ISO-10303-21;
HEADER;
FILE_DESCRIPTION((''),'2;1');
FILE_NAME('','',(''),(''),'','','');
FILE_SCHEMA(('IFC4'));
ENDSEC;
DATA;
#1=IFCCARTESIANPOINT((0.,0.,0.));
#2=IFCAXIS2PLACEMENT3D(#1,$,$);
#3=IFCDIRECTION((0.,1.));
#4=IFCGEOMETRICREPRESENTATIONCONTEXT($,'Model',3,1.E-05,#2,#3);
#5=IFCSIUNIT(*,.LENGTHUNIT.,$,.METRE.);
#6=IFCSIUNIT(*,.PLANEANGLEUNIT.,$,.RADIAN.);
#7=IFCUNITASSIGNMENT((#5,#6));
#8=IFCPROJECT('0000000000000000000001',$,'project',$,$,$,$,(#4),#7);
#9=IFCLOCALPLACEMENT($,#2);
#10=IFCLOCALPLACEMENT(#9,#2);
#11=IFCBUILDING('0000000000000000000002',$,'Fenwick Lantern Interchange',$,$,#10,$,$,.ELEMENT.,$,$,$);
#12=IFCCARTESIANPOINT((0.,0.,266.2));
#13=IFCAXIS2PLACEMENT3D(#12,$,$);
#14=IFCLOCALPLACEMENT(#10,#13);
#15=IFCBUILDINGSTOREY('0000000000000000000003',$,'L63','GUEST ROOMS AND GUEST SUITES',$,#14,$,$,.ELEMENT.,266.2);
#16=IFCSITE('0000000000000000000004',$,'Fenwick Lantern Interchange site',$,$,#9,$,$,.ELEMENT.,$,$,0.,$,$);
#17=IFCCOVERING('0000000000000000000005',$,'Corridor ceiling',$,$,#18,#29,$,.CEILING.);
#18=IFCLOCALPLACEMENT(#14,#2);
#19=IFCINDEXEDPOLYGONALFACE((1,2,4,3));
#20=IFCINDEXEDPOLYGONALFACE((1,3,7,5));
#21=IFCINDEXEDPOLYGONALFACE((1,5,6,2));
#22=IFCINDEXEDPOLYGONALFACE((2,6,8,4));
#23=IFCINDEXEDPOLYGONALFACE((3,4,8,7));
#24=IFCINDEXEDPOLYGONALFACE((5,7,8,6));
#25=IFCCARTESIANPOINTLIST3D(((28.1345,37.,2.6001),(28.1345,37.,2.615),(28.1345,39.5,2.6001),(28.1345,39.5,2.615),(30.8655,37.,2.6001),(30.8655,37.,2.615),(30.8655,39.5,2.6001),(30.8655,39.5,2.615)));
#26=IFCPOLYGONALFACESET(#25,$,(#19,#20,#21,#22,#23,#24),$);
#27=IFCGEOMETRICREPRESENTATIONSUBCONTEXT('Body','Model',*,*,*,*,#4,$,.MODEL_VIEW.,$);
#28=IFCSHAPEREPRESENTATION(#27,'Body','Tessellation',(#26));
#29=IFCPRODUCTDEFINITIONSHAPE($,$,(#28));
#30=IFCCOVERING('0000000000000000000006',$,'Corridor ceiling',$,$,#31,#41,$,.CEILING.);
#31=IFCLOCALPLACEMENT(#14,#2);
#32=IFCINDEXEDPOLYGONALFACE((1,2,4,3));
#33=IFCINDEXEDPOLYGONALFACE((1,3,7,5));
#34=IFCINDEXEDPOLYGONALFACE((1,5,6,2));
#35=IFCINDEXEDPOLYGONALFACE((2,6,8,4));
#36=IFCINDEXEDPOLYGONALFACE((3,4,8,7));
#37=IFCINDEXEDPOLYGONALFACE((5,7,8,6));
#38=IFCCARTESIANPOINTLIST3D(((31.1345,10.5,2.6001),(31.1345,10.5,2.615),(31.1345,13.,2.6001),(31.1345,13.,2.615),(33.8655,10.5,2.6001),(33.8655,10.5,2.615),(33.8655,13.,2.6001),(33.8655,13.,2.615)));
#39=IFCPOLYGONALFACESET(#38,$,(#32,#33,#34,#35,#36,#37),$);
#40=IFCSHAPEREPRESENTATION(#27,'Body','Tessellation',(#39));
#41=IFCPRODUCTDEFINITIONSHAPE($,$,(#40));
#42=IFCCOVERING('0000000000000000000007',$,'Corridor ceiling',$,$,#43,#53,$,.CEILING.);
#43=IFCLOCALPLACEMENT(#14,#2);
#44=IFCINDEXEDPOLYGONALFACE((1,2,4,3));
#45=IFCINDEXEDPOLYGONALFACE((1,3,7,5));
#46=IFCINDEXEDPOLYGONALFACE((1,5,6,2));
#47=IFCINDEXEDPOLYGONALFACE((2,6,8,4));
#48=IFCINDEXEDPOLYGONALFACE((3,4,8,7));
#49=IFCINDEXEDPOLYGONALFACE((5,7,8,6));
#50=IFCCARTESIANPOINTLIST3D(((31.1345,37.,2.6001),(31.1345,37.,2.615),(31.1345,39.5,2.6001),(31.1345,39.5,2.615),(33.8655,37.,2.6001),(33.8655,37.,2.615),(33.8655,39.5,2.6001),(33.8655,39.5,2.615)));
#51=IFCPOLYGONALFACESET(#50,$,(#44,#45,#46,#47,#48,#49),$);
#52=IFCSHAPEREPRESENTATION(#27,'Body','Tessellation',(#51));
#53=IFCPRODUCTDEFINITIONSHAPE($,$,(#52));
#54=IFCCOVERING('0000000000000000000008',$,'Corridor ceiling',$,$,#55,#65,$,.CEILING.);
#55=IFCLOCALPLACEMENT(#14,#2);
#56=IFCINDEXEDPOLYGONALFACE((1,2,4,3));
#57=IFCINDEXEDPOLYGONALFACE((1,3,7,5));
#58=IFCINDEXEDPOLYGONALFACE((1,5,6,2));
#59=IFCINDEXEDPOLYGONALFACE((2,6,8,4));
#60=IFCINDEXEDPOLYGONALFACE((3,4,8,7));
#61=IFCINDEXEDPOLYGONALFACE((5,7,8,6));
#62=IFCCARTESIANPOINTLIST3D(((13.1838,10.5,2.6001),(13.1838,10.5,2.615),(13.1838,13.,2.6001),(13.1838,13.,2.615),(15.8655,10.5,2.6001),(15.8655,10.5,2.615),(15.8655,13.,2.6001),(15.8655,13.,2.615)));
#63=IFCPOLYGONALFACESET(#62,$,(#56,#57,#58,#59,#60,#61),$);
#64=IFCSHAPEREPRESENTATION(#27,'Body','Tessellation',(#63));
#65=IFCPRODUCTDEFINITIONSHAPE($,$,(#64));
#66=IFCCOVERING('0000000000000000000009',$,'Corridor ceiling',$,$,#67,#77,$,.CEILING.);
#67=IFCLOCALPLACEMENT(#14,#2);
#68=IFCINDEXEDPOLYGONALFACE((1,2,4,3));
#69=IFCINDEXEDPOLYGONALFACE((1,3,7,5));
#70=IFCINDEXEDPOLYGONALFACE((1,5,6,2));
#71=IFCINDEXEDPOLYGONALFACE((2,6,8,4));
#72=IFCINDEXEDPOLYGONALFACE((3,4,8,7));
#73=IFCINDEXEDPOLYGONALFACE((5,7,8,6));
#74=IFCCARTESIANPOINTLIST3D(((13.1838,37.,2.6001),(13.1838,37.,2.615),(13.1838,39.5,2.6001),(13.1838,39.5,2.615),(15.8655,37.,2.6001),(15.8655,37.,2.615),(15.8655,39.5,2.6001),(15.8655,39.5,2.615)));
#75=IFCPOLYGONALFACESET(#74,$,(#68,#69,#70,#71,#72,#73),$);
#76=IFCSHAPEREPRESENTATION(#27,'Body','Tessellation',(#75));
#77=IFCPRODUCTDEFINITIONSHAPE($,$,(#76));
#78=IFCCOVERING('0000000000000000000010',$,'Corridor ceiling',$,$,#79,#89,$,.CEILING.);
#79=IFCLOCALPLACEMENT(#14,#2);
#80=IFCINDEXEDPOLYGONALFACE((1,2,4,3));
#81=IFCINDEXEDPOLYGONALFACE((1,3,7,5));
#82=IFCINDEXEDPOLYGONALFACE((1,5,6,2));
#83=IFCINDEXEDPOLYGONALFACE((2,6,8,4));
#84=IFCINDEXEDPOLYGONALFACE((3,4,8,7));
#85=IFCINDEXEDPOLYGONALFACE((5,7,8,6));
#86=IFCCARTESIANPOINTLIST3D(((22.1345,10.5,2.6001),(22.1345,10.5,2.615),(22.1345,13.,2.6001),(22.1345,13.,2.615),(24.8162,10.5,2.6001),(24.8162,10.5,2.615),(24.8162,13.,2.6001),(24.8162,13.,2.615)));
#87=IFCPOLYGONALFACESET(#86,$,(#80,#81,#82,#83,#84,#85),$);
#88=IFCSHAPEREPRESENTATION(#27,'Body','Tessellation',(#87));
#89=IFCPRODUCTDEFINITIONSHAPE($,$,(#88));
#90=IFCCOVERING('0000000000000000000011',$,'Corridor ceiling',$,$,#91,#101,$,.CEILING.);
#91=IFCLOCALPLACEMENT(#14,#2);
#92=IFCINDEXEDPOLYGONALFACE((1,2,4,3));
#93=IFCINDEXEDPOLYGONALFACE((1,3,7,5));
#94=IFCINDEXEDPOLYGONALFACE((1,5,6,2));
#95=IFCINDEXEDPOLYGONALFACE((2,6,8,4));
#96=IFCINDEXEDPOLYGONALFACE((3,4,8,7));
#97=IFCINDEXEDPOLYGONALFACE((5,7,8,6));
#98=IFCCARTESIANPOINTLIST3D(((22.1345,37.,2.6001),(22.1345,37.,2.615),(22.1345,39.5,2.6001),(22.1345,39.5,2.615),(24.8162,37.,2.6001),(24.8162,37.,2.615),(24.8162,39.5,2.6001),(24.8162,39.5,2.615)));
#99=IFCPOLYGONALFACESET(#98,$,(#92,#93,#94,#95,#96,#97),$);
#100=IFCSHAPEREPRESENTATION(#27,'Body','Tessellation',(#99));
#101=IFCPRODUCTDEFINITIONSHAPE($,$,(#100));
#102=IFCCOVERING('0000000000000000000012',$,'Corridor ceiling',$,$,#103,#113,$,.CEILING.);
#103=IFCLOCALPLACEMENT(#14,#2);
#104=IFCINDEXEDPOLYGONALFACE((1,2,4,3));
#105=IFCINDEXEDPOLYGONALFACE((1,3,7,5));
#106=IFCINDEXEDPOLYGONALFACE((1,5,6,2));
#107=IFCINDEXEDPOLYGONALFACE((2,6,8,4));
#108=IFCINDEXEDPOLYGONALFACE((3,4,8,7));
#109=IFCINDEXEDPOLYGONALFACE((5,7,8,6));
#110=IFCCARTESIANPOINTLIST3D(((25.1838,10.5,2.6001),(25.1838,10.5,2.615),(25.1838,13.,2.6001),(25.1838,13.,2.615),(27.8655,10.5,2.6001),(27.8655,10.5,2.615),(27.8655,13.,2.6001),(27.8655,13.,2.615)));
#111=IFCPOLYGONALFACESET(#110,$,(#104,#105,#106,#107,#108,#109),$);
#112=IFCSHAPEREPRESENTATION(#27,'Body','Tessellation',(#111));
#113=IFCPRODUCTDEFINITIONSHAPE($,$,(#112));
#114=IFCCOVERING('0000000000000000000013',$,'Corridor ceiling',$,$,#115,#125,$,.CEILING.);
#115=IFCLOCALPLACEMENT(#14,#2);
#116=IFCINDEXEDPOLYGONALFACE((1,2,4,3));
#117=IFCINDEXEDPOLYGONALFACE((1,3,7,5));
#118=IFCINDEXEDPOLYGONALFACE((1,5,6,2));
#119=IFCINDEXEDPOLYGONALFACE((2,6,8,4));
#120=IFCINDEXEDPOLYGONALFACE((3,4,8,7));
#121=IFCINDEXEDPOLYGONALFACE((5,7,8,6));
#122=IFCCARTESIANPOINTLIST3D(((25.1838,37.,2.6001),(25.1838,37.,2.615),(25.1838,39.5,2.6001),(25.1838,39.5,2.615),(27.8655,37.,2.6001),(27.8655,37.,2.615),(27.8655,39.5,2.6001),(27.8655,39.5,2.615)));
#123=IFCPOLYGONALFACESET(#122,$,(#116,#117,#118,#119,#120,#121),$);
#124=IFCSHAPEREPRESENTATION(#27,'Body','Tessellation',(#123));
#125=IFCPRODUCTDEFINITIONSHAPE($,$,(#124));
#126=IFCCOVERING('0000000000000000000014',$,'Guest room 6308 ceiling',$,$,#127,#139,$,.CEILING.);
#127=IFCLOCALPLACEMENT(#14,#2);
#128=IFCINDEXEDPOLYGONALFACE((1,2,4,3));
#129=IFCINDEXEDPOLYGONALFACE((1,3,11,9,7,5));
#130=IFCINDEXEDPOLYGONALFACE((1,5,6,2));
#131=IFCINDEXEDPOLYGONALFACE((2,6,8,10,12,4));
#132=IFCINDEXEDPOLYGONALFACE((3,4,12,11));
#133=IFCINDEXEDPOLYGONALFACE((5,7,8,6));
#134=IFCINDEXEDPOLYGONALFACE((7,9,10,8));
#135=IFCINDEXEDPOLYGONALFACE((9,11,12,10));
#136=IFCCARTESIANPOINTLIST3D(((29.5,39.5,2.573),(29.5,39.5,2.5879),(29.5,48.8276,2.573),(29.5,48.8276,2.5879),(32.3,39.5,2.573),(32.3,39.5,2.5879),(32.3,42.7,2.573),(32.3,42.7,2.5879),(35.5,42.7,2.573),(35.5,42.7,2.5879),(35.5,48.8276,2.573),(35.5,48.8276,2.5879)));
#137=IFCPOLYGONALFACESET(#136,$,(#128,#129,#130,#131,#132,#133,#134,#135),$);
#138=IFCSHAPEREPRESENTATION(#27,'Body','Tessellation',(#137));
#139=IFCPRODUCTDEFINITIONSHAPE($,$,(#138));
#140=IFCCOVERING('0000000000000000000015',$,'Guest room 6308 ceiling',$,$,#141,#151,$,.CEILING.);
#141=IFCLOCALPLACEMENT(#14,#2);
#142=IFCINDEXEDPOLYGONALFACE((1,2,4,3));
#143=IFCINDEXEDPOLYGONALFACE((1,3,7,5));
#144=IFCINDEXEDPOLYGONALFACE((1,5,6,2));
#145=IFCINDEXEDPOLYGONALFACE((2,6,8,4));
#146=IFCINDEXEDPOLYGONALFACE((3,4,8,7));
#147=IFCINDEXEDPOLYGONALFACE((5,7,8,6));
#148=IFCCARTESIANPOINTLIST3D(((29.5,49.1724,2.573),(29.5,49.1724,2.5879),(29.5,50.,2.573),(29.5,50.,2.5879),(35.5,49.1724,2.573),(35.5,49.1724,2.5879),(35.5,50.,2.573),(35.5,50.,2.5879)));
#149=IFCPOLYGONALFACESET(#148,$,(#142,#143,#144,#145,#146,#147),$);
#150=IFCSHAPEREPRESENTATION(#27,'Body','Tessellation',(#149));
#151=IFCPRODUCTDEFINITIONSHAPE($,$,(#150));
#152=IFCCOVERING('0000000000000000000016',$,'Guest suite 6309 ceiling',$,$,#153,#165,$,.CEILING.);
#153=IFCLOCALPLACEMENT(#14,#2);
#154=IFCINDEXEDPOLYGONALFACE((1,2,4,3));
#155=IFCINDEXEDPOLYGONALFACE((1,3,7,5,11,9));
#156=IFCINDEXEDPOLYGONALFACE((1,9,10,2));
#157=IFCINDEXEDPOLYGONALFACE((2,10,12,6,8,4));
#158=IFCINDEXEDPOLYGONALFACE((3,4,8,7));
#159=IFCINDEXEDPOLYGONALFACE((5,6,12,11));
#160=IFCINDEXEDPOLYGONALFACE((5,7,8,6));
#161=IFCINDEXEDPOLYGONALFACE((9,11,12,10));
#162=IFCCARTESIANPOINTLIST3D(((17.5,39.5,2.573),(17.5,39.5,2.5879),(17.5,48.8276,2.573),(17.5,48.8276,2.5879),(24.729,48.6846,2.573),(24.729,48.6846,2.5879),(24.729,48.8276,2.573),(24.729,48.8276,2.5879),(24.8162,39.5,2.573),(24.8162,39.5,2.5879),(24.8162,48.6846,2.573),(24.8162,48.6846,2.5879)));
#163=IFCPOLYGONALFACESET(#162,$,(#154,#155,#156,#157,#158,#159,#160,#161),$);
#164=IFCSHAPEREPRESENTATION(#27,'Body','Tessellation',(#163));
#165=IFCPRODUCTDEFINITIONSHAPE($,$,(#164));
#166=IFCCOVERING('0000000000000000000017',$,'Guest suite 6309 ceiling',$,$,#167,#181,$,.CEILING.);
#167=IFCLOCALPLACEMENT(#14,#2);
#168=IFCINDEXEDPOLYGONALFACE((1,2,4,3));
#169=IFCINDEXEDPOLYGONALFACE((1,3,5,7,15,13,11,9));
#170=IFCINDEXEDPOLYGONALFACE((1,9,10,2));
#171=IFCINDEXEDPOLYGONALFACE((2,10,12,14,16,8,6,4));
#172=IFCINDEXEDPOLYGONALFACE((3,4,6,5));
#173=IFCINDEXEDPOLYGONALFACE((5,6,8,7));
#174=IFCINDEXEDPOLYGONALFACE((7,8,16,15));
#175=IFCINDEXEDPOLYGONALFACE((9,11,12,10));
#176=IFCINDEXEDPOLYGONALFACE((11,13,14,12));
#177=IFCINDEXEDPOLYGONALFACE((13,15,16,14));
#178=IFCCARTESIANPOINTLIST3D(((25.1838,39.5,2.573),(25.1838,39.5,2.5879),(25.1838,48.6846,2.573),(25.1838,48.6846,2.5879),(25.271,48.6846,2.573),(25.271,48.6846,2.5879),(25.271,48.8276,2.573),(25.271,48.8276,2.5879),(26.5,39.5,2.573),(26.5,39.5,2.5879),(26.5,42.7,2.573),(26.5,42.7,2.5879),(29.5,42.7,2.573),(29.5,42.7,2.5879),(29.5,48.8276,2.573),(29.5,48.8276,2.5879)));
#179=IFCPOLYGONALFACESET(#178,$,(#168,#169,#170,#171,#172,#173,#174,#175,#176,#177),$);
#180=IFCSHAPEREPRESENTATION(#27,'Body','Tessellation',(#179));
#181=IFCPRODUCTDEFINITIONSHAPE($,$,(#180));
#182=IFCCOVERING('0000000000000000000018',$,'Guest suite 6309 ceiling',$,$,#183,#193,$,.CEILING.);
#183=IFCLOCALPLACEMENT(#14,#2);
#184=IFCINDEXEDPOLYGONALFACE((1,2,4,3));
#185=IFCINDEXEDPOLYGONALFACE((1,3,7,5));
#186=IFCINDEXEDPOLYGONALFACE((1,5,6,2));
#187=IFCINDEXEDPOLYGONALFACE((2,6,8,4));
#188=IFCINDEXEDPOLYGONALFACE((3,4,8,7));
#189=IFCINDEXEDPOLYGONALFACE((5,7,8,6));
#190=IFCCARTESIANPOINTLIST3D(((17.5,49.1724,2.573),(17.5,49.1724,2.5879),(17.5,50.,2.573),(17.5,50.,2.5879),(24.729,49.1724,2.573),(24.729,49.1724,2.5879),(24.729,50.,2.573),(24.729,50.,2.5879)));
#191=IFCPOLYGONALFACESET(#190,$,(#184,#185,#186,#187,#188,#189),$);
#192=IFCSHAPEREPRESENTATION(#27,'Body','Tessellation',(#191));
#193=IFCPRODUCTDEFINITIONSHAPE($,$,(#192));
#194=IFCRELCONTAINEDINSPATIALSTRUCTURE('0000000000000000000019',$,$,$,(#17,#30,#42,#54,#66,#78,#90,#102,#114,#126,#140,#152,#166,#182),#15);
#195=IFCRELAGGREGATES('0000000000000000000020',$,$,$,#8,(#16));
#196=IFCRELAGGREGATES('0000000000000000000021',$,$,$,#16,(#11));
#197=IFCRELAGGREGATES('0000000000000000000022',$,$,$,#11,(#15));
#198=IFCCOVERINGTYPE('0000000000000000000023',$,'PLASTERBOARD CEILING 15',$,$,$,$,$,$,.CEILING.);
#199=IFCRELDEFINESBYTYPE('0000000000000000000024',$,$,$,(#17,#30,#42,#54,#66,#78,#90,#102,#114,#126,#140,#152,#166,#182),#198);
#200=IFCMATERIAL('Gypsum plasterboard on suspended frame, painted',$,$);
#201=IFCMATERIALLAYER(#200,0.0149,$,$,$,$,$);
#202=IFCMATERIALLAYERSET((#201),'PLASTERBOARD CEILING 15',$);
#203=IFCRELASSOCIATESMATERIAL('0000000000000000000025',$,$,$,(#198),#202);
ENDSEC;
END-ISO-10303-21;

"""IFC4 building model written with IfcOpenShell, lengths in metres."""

from ifc_helpers import new_model, si_unit, direction, frame, origin, place, context, subcontext, project, spatial, polyline, outline, extrude, material, layer, layer_set, type_object, element, save


model = new_model("IFC4")

# Units and contexts
model_context = context("Model", 3, precision=1e-05, world=origin(), true_north=direction((0.0, 1.0)))
body_context = subcontext(model_context, "Body", "Model", "MODEL_VIEW")
ifc_project = project(units=[si_unit("LENGTHUNIT", "METRE"), si_unit("PLANEANGLEUNIT", "RADIAN")], contexts=[model_context])

# Site, building, storey
site_placement = place(None, origin())
site = spatial("IfcSite", under=ifc_project, at=site_placement, Name="Fenwick Lantern Interchange site", CompositionType="ELEMENT", RefElevation=0.0)
building_placement = place(site_placement, origin())
building = spatial("IfcBuilding", under=site, at=building_placement, Name="Fenwick Lantern Interchange", CompositionType="ELEMENT")
storey_placement = place(building_placement, frame((0.0, 0.0, 266.2)))
storey = spatial("IfcBuildingStorey", under=building, at=storey_placement, Name="L63", Description="GUEST ROOMS AND GUEST SUITES", CompositionType="ELEMENT", Elevation=266.2)

# Coverings
ifc_material_1 = material(Name="Gypsum plasterboard on suspended frame, painted")
ifc_layer_1 = layer(ifc_material_1, 0.0149)
ifc_layer_set_1 = layer_set([ifc_layer_1], Name="PLASTERBOARD CEILING 15")
covering_type_1 = type_object("IfcCoveringType", Name="PLASTERBOARD CEILING 15", PredefinedType="CEILING", material=ifc_layer_set_1)
covering_1_placement = place(storey_placement, frame((0.0, 0.0, 2.6001)))
element("IfcCovering", 1, at=covering_1_placement, inside=storey, type_object=covering_type_1, Name="Corridor ceiling", PredefinedType="CEILING", context=body_context, shape_type="SweptSolid", body=[
    extrude(outline(polyline([(30.8655, 39.5), (28.1345, 39.5), (28.1345, 37.0), (30.8655, 37.0), (30.8655, 39.5)])), origin(), (0.0, 0.0, 1.0), 0.0149),
])
covering_2_placement = place(storey_placement, frame((0.0, 0.0, 2.6001)))
element("IfcCovering", 2, at=covering_2_placement, inside=storey, type_object=covering_type_1, Name="Corridor ceiling", PredefinedType="CEILING", context=body_context, shape_type="SweptSolid", body=[
    extrude(outline(polyline([(31.1345, 10.5), (33.8655, 10.5), (33.8655, 13.0), (31.1345, 13.0), (31.1345, 10.5)])), origin(), (0.0, 0.0, 1.0), 0.0149),
])
covering_3_placement = place(storey_placement, frame((0.0, 0.0, 2.6001)))
element("IfcCovering", 3, at=covering_3_placement, inside=storey, type_object=covering_type_1, Name="Corridor ceiling", PredefinedType="CEILING", context=body_context, shape_type="SweptSolid", body=[
    extrude(outline(polyline([(33.8655, 39.5), (31.1345, 39.5), (31.1345, 37.0), (33.8655, 37.0), (33.8655, 39.5)])), origin(), (0.0, 0.0, 1.0), 0.0149),
])
covering_4_placement = place(storey_placement, frame((0.0, 0.0, 2.6001)))
element("IfcCovering", 4, at=covering_4_placement, inside=storey, type_object=covering_type_1, Name="Corridor ceiling", PredefinedType="CEILING", context=body_context, shape_type="SweptSolid", body=[
    extrude(outline(polyline([(13.1838, 10.5), (15.8655, 10.5), (15.8655, 13.0), (13.1838, 13.0), (13.1838, 10.5)])), origin(), (0.0, 0.0, 1.0), 0.0149),
])
covering_5_placement = place(storey_placement, frame((0.0, 0.0, 2.6001)))
element("IfcCovering", 5, at=covering_5_placement, inside=storey, type_object=covering_type_1, Name="Corridor ceiling", PredefinedType="CEILING", context=body_context, shape_type="SweptSolid", body=[
    extrude(outline(polyline([(15.8655, 39.5), (13.1838, 39.5), (13.1838, 37.0), (15.8655, 37.0), (15.8655, 39.5)])), origin(), (0.0, 0.0, 1.0), 0.0149),
])
covering_6_placement = place(storey_placement, frame((0.0, 0.0, 2.6001)))
element("IfcCovering", 6, at=covering_6_placement, inside=storey, type_object=covering_type_1, Name="Corridor ceiling", PredefinedType="CEILING", context=body_context, shape_type="SweptSolid", body=[
    extrude(outline(polyline([(22.1345, 10.5), (24.8162, 10.5), (24.8162, 13.0), (22.1345, 13.0), (22.1345, 10.5)])), origin(), (0.0, 0.0, 1.0), 0.0149),
])
covering_7_placement = place(storey_placement, frame((0.0, 0.0, 2.6001)))
element("IfcCovering", 7, at=covering_7_placement, inside=storey, type_object=covering_type_1, Name="Corridor ceiling", PredefinedType="CEILING", context=body_context, shape_type="SweptSolid", body=[
    extrude(outline(polyline([(24.8162, 39.5), (22.1345, 39.5), (22.1345, 37.0), (24.8162, 37.0), (24.8162, 39.5)])), origin(), (0.0, 0.0, 1.0), 0.0149),
])
covering_8_placement = place(storey_placement, frame((0.0, 0.0, 2.6001)))
element("IfcCovering", 8, at=covering_8_placement, inside=storey, type_object=covering_type_1, Name="Corridor ceiling", PredefinedType="CEILING", context=body_context, shape_type="SweptSolid", body=[
    extrude(outline(polyline([(25.1838, 10.5), (27.8655, 10.5), (27.8655, 13.0), (25.1838, 13.0), (25.1838, 10.5)])), origin(), (0.0, 0.0, 1.0), 0.0149),
])
covering_9_placement = place(storey_placement, frame((0.0, 0.0, 2.6001)))
element("IfcCovering", 9, at=covering_9_placement, inside=storey, type_object=covering_type_1, Name="Corridor ceiling", PredefinedType="CEILING", context=body_context, shape_type="SweptSolid", body=[
    extrude(outline(polyline([(27.8655, 39.5), (25.1838, 39.5), (25.1838, 37.0), (27.8655, 37.0), (27.8655, 39.5)])), origin(), (0.0, 0.0, 1.0), 0.0149),
])
covering_10_placement = place(storey_placement, frame((0.0, 0.0, 2.573)))
element("IfcCovering", 10, at=covering_10_placement, inside=storey, type_object=covering_type_1, Name="Guest room 6308 ceiling", PredefinedType="CEILING", context=body_context, shape_type="SweptSolid", body=[
    extrude(outline(polyline([(29.5, 48.8276), (29.5, 39.5), (32.3, 39.5), (32.3, 42.7), (35.5, 42.7), (35.5, 48.8276), (29.5, 48.8276)])), origin(), (0.0, 0.0, 1.0), 0.0149),
])
covering_11_placement = place(storey_placement, frame((0.0, 0.0, 2.573)))
element("IfcCovering", 11, at=covering_11_placement, inside=storey, type_object=covering_type_1, Name="Guest room 6308 ceiling", PredefinedType="CEILING", context=body_context, shape_type="SweptSolid", body=[
    extrude(outline(polyline([(29.5, 50.0), (29.5, 49.1724), (35.5, 49.1724), (35.5, 50.0), (29.5, 50.0)])), origin(), (0.0, 0.0, 1.0), 0.0149),
])
covering_12_placement = place(storey_placement, frame((0.0, 0.0, 2.573)))
element("IfcCovering", 12, at=covering_12_placement, inside=storey, type_object=covering_type_1, Name="Guest suite 6309 ceiling", PredefinedType="CEILING", context=body_context, shape_type="SweptSolid", body=[
    extrude(outline(polyline([(24.729, 48.6846), (24.729, 48.8276), (17.5, 48.8276), (17.5, 39.5), (24.8162, 39.5), (24.8162, 48.6846), (24.729, 48.6846)])), origin(), (0.0, 0.0, 1.0), 0.0149),
])
covering_13_placement = place(storey_placement, frame((0.0, 0.0, 2.573)))
element("IfcCovering", 13, at=covering_13_placement, inside=storey, type_object=covering_type_1, Name="Guest suite 6309 ceiling", PredefinedType="CEILING", context=body_context, shape_type="SweptSolid", body=[
    extrude(outline(polyline([(25.271, 48.6846), (25.1838, 48.6846), (25.1838, 39.5), (26.5, 39.5), (26.5, 42.7), (29.5, 42.7), (29.5, 48.8276), (25.271, 48.8276), (25.271, 48.6846)])), origin(), (0.0, 0.0, 1.0), 0.0149),
])
covering_14_placement = place(storey_placement, frame((0.0, 0.0, 2.573)))
element("IfcCovering", 14, at=covering_14_placement, inside=storey, type_object=covering_type_1, Name="Guest suite 6309 ceiling", PredefinedType="CEILING", context=body_context, shape_type="SweptSolid", body=[
    extrude(outline(polyline([(24.729, 50.0), (17.5, 50.0), (17.5, 49.1724), (24.729, 49.1724), (24.729, 50.0)])), origin(), (0.0, 0.0, 1.0), 0.0149),
])

save(model, "model.ifc")
